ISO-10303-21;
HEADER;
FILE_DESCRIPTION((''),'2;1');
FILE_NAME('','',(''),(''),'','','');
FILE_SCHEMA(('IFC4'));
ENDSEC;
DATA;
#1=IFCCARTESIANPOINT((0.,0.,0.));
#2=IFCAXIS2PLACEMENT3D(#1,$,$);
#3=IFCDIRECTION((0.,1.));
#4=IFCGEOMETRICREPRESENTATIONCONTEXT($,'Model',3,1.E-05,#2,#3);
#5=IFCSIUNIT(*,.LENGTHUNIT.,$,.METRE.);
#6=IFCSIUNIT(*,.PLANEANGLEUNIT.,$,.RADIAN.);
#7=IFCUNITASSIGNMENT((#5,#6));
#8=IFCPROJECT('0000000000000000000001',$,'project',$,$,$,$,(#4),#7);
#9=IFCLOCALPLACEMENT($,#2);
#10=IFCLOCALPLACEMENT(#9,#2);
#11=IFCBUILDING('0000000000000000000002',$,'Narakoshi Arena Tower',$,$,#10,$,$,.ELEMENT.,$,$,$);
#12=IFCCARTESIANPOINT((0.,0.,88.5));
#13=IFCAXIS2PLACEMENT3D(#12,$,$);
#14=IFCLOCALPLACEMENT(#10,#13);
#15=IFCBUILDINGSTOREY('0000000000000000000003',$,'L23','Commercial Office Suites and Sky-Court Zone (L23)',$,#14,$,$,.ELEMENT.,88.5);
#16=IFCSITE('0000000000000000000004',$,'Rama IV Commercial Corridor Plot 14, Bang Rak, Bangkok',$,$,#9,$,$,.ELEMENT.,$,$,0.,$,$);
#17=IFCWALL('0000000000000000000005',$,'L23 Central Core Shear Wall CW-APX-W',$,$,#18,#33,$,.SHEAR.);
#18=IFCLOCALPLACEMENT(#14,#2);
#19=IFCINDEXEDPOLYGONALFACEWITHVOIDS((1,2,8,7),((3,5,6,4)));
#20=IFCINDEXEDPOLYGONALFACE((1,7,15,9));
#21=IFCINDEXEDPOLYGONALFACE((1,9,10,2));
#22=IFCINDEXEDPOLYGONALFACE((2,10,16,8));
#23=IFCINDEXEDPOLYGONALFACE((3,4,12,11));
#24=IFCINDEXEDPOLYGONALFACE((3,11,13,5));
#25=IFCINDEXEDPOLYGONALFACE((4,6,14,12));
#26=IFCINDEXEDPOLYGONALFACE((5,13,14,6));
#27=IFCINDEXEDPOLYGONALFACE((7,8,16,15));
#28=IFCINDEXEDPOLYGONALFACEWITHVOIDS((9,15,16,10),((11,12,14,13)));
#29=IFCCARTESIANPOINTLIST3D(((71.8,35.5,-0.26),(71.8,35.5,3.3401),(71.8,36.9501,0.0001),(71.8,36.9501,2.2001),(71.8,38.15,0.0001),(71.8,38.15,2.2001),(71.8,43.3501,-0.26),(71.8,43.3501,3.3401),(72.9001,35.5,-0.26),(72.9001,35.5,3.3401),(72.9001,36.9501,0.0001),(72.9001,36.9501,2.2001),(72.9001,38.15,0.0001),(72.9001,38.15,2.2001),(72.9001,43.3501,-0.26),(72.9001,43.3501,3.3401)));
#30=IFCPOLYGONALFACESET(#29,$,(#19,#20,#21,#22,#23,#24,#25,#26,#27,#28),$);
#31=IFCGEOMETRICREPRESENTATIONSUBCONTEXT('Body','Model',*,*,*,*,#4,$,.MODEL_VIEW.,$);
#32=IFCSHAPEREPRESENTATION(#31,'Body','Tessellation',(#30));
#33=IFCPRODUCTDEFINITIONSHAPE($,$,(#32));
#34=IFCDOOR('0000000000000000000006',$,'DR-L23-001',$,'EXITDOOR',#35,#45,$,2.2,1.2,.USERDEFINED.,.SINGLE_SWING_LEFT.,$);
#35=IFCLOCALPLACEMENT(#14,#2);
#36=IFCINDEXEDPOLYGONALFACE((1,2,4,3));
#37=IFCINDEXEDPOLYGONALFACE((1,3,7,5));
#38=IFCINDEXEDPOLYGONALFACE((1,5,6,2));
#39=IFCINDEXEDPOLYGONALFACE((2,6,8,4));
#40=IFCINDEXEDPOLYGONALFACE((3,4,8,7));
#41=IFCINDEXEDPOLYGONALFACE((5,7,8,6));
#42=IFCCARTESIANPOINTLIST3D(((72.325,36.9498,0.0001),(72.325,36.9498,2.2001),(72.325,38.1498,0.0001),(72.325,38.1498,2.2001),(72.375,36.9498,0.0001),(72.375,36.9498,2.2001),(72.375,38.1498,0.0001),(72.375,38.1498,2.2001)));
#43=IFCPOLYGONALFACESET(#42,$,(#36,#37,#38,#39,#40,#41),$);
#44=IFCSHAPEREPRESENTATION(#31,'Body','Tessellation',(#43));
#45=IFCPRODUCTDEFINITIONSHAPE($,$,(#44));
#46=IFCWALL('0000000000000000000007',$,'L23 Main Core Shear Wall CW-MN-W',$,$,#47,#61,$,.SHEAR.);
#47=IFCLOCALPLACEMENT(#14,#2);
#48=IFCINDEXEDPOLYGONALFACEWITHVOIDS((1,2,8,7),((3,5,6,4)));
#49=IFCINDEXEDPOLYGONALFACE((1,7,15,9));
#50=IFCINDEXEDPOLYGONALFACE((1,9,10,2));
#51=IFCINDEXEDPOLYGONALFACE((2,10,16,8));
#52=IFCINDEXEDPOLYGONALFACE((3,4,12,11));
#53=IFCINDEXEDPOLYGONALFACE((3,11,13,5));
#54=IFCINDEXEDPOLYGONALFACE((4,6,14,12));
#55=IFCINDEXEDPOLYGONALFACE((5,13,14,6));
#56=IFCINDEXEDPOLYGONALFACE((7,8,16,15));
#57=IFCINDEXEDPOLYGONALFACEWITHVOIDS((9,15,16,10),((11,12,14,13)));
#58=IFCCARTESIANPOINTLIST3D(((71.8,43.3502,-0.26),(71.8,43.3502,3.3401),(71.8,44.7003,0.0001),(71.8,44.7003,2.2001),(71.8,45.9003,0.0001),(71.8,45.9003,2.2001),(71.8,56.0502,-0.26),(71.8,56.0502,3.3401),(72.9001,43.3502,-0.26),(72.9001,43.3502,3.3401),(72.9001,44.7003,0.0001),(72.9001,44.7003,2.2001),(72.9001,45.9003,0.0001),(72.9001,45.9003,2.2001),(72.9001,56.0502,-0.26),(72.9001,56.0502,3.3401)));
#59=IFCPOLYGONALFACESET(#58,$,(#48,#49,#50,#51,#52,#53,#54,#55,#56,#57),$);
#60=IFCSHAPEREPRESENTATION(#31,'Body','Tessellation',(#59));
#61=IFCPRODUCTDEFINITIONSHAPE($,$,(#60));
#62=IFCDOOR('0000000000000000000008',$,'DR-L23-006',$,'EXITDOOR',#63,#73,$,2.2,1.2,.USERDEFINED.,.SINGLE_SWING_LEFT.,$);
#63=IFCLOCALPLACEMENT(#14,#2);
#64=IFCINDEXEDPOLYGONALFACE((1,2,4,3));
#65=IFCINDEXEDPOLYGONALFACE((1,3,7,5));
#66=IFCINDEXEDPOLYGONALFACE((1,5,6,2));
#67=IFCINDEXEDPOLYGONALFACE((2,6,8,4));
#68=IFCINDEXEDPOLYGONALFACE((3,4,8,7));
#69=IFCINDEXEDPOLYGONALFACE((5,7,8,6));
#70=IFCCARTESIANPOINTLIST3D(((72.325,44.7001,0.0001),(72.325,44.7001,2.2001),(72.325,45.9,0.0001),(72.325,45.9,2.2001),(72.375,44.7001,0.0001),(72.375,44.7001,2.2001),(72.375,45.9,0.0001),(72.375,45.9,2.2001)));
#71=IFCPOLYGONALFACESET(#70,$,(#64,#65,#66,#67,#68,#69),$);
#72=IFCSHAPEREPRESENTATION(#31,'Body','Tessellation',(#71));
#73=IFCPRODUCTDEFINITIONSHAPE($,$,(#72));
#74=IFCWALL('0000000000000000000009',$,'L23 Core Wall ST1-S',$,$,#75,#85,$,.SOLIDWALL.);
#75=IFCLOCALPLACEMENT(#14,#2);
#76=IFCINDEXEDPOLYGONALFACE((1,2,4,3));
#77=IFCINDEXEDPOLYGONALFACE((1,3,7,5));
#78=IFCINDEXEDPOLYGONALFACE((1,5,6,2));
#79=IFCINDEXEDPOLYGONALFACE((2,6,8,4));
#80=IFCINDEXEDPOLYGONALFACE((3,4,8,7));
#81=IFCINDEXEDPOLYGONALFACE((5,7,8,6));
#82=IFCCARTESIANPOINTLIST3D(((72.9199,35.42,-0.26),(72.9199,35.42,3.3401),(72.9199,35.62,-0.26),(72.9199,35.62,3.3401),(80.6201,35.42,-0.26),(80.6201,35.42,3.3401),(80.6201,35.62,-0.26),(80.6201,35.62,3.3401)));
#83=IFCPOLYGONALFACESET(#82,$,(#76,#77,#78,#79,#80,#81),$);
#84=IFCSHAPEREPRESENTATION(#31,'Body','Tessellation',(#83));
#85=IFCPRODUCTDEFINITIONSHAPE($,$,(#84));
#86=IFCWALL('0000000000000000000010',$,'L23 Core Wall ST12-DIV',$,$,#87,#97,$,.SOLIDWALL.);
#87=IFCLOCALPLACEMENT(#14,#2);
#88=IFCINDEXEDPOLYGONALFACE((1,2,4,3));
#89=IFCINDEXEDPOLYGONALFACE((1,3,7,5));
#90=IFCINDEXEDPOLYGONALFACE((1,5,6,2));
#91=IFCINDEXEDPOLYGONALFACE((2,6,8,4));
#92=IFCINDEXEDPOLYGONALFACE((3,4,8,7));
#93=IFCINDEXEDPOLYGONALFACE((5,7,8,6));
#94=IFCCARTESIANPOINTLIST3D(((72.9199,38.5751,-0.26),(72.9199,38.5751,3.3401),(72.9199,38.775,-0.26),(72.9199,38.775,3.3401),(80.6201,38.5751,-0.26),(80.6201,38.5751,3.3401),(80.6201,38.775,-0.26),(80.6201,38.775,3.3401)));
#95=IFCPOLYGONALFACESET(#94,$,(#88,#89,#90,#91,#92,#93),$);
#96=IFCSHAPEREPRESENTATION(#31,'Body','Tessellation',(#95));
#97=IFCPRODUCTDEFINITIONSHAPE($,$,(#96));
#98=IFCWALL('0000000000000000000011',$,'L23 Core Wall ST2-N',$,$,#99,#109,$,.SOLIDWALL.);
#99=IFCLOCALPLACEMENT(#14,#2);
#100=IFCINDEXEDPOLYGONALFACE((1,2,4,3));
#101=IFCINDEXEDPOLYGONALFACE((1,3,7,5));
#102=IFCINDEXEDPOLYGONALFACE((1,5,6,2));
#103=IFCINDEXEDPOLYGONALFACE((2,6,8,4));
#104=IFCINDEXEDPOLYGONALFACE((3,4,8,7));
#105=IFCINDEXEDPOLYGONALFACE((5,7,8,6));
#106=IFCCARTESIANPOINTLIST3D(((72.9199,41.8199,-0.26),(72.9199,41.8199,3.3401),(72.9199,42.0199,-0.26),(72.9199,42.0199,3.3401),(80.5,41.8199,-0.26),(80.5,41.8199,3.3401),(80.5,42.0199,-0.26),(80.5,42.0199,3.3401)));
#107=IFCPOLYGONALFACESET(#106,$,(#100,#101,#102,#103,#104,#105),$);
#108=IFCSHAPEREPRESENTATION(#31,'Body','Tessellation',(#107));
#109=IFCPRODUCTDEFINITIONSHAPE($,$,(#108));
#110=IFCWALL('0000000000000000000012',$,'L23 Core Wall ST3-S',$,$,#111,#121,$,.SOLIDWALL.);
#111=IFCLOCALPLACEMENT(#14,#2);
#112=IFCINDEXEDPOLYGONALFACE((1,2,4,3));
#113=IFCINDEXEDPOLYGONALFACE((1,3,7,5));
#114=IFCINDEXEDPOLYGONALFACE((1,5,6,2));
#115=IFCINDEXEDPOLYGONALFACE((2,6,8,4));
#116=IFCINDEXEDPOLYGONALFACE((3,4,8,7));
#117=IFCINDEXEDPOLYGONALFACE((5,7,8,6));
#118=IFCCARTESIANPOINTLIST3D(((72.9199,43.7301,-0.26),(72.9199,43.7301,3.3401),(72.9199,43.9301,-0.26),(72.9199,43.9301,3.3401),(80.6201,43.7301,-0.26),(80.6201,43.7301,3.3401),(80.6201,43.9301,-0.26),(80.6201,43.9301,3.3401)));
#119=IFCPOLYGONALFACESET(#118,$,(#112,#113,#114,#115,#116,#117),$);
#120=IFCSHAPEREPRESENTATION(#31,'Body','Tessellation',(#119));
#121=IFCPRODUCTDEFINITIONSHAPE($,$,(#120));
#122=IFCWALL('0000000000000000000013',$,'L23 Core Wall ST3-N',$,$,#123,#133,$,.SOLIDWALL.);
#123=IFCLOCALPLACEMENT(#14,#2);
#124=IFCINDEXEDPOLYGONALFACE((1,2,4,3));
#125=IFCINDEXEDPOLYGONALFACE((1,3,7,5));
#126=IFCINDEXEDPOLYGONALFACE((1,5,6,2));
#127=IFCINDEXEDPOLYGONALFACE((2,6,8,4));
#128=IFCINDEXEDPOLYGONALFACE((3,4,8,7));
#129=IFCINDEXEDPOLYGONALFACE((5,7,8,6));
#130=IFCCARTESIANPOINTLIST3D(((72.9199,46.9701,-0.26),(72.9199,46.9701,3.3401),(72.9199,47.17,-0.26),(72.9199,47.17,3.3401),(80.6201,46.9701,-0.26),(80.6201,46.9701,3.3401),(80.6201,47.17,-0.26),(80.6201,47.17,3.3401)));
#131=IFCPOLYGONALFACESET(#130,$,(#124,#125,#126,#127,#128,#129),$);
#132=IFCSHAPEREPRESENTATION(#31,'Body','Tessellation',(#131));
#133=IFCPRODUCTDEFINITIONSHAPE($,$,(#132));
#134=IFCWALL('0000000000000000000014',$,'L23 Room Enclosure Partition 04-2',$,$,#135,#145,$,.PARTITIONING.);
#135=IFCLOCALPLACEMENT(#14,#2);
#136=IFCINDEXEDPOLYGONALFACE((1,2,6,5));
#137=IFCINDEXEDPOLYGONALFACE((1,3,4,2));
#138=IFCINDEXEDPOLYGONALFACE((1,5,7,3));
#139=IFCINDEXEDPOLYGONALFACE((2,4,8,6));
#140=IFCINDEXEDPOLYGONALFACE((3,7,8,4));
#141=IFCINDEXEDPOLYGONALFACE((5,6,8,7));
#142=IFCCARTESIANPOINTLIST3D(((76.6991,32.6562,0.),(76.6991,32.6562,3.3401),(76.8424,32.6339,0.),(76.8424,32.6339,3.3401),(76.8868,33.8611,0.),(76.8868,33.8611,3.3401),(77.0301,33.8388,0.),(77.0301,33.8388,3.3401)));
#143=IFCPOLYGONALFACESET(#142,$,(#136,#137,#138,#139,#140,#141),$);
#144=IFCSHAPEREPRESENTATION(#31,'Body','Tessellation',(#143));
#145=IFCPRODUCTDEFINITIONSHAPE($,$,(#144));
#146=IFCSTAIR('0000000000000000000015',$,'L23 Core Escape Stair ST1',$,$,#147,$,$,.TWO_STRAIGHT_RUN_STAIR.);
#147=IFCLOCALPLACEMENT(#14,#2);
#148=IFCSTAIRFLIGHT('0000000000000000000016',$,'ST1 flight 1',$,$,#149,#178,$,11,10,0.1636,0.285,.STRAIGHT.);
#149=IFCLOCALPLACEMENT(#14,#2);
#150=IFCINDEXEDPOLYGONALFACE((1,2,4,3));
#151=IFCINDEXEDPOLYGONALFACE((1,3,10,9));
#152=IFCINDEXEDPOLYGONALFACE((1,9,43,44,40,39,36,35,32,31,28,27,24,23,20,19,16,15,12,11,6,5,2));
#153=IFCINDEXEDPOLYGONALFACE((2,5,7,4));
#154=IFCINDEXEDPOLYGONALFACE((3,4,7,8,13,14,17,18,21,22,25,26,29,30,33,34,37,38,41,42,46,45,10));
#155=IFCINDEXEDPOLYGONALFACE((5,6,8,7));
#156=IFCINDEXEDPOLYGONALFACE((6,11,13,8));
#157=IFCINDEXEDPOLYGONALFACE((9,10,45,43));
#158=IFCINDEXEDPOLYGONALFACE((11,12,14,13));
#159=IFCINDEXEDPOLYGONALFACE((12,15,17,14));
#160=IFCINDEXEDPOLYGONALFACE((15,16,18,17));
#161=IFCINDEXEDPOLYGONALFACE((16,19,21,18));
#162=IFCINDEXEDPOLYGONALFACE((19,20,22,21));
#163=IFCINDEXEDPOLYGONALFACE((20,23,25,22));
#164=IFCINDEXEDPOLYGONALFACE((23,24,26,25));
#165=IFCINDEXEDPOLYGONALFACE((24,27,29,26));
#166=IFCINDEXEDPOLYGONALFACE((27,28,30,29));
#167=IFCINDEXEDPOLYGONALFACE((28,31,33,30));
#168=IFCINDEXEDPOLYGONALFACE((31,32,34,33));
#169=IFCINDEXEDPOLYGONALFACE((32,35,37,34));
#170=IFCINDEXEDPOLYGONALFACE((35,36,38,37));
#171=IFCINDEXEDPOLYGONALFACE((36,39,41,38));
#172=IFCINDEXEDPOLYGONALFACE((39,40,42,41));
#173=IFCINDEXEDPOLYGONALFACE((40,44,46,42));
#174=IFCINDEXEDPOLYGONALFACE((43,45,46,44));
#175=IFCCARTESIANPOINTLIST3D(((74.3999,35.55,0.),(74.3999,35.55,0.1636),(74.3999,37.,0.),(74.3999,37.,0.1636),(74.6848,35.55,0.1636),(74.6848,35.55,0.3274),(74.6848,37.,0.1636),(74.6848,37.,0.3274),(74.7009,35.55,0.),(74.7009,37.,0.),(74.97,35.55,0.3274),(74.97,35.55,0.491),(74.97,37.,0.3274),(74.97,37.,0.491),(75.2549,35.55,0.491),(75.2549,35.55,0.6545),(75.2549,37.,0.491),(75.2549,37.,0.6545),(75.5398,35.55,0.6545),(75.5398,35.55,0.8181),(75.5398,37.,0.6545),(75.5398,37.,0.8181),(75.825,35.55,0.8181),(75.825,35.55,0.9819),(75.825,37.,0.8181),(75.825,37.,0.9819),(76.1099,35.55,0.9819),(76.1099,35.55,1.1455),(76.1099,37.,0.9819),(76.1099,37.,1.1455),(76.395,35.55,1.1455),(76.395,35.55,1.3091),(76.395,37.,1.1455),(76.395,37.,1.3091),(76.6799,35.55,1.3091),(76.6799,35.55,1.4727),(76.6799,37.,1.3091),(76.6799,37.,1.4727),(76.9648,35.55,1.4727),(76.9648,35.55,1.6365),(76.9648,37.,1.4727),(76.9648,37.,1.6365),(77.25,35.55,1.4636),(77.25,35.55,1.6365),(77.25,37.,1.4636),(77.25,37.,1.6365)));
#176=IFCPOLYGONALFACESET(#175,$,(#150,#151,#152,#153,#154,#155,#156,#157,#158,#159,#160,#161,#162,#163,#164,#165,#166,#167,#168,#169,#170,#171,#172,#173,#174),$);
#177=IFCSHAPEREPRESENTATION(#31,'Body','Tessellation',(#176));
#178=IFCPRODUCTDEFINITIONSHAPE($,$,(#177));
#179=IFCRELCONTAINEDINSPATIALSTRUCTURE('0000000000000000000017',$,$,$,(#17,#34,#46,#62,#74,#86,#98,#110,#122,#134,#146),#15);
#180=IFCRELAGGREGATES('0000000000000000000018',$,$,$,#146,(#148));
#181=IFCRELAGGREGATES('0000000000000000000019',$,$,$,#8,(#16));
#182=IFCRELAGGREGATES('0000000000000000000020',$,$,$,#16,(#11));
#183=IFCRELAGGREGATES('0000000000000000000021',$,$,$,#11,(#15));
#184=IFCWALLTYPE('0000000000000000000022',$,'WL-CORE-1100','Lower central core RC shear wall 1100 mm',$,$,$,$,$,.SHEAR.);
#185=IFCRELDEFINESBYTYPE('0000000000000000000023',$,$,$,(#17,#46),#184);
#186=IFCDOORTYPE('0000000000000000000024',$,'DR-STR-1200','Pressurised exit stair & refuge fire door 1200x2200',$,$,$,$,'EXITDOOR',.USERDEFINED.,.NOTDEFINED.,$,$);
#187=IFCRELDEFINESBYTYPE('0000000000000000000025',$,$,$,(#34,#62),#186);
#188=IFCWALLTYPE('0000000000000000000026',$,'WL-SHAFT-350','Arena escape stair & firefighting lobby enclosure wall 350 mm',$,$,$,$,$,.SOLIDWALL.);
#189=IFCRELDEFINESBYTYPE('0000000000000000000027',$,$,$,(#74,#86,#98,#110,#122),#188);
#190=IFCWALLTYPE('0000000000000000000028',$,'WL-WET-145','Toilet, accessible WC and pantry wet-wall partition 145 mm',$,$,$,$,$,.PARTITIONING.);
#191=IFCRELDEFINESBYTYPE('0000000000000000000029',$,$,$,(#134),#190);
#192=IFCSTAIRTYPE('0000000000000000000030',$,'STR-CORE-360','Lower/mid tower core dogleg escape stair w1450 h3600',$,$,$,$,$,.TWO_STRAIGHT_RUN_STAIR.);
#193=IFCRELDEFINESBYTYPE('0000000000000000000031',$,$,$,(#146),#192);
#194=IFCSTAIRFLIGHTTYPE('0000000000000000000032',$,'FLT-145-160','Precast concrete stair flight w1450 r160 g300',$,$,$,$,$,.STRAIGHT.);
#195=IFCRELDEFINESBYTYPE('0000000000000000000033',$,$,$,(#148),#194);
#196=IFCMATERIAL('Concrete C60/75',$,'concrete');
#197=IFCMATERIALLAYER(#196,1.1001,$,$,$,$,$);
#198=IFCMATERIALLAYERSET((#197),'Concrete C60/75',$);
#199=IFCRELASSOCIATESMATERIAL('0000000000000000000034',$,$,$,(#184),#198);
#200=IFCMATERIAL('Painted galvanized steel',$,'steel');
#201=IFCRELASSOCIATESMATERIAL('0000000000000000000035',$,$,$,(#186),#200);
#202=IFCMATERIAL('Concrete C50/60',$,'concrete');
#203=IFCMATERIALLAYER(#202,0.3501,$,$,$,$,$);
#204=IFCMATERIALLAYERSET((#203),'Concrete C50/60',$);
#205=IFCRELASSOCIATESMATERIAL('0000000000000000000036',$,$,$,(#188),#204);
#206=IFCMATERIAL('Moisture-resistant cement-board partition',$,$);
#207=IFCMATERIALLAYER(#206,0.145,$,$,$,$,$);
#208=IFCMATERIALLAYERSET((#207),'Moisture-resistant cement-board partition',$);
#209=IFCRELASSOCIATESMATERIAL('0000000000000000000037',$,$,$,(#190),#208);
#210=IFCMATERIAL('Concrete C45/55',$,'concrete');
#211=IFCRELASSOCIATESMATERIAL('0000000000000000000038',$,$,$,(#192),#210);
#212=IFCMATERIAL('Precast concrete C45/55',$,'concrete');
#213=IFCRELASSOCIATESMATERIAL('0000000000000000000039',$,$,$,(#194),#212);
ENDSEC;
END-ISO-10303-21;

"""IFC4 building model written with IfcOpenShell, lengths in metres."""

from ifc_helpers import new_model, si_unit, direction, frame, frame_2d, origin, place, context, subcontext, project, spatial, polyline, rectangle, outline, extrude, material, layer, layer_set, type_object, element, fill, aggregate, save


model = new_model("IFC4")

# Units and contexts
model_context = context("Model", 3, precision=1e-05, world=origin(), true_north=direction((0.0, 1.0)))
body_context = subcontext(model_context, "Body", "Model", "MODEL_VIEW")
ifc_project = project(units=[si_unit("LENGTHUNIT", "METRE"), si_unit("PLANEANGLEUNIT", "RADIAN")], contexts=[model_context])

# Site, building, storey
site_placement = place(None, origin())
site = spatial("IfcSite", under=ifc_project, at=site_placement, Name="Rama IV Commercial Corridor Plot 14, Bang Rak, Bangkok", CompositionType="ELEMENT", RefElevation=0.0)
building_placement = place(site_placement, origin())
building = spatial("IfcBuilding", under=site, at=building_placement, Name="Narakoshi Arena Tower", CompositionType="ELEMENT")
storey_placement = place(building_placement, frame((0.0, 0.0, 88.5)))
storey = spatial("IfcBuildingStorey", under=building, at=storey_placement, Name="L23", Description="Commercial Office Suites and Sky-Court Zone (L23)", CompositionType="ELEMENT", Elevation=88.5)

# Walls, openings, doors
ifc_material_1 = material(Name="Concrete C60/75", Category="concrete")
ifc_layer_1 = layer(ifc_material_1, 1.1001)
ifc_layer_set_1 = layer_set([ifc_layer_1], Name="Concrete C60/75")
wall_type_1 = type_object("IfcWallType", Name="WL-CORE-1100", Description="Lower central core RC shear wall 1100 mm", PredefinedType="SHEAR", material=ifc_layer_set_1)
wall_1_placement = place(storey_placement, frame((72.3501, 35.5, -0.26), z_axis=(0.0, 0.0, 1.0), x_axis=(0.0, 1.0, 0.0)))
wall_1 = element("IfcWall", 1, at=wall_1_placement, inside=storey, type_object=wall_type_1, Name="L23 Central Core Shear Wall CW-APX-W", PredefinedType="SHEAR", context=body_context, shape_type="SweptSolid", body=[
    extrude(rectangle(XDim=7.8501, YDim=1.1001, at=frame_2d((3.925, 0.0))), origin(), (0.0, 0.0, 1.0), 3.6001),
])
opening_1_placement = place(wall_1_placement, frame((1.45, 0.0, 0.26)))
opening_1 = element("IfcOpeningElement", 2, at=opening_1_placement, cuts=wall_1, PredefinedType="OPENING", context=body_context, shape_type="SweptSolid", body=[
    extrude(rectangle(XDim=1.2, YDim=2.2, at=frame_2d((0.6001, 1.1001))), frame((0.0, 0.5601, 0.0), z_axis=(0.0, -1.0, 0.0), x_axis=(1.0, 0.0, 0.0)), (0.0, 0.0, 1.0), 1.1201),
])
ifc_material_2 = material(Name="Painted galvanized steel", Category="steel")
door_type = type_object("IfcDoorType", Name="DR-STR-1200", Description="Pressurised exit stair & refuge fire door 1200x2200", ElementType="EXITDOOR", OperationType="NOTDEFINED", PredefinedType="USERDEFINED", material=ifc_material_2)
door_1_placement = place(opening_1_placement, frame((1.2, 0.0, 0.0), z_axis=(0.0, 0.0, 1.0), x_axis=(-1.0, 0.0, 0.0)))
door_1 = element("IfcDoor", 3, at=door_1_placement, inside=storey, type_object=door_type, Name="DR-L23-001", ObjectType="EXITDOOR", OperationType="SINGLE_SWING_LEFT", OverallHeight=2.2, OverallWidth=1.2, PredefinedType="USERDEFINED", context=body_context, shape_type="SweptSolid", body=[
    extrude(rectangle(XDim=1.2, YDim=2.2, at=frame_2d((0.6001, 1.1001))), frame((0.0, 0.0249, 0.0), z_axis=(0.0, -1.0, 0.0), x_axis=(1.0, 0.0, 0.0)), (0.0, 0.0, 1.0), 0.05),
])
fill(opening_1, door_1)
wall_2_placement = place(storey_placement, frame((72.3501, 43.3501, -0.26), z_axis=(0.0, 0.0, 1.0), x_axis=(0.0, 1.0, 0.0)))
wall_2 = element("IfcWall", 4, at=wall_2_placement, inside=storey, type_object=wall_type_1, Name="L23 Main Core Shear Wall CW-MN-W", PredefinedType="SHEAR", context=body_context, shape_type="SweptSolid", body=[
    extrude(rectangle(XDim=12.7, YDim=1.1001, at=frame_2d((6.3501, 0.0))), origin(), (0.0, 0.0, 1.0), 3.6001),
])
opening_2_placement = place(wall_2_placement, frame((1.3501, 0.0, 0.26)))
opening_2 = element("IfcOpeningElement", 5, at=opening_2_placement, cuts=wall_2, PredefinedType="OPENING", context=body_context, shape_type="SweptSolid", body=[
    extrude(rectangle(XDim=1.2, YDim=2.2, at=frame_2d((0.6001, 1.1001))), frame((0.0, 0.5601, 0.0), z_axis=(0.0, -1.0, 0.0), x_axis=(1.0, 0.0, 0.0)), (0.0, 0.0, 1.0), 1.1201),
])
door_2_placement = place(opening_2_placement, frame((1.2, 0.0, 0.0), z_axis=(0.0, 0.0, 1.0), x_axis=(-1.0, 0.0, 0.0)))
door_2 = element("IfcDoor", 6, at=door_2_placement, inside=storey, type_object=door_type, Name="DR-L23-006", ObjectType="EXITDOOR", OperationType="SINGLE_SWING_LEFT", OverallHeight=2.2, OverallWidth=1.2, PredefinedType="USERDEFINED", context=body_context, shape_type="SweptSolid", body=[
    extrude(rectangle(XDim=1.2, YDim=2.2, at=frame_2d((0.6001, 1.1001))), frame((0.0, 0.0249, 0.0), z_axis=(0.0, -1.0, 0.0), x_axis=(1.0, 0.0, 0.0)), (0.0, 0.0, 1.0), 0.05),
])
fill(opening_2, door_2)

# Walls
ifc_material_3 = material(Name="Concrete C50/60", Category="concrete")
ifc_layer_2 = layer(ifc_material_3, 0.3501)
ifc_layer_set_2 = layer_set([ifc_layer_2], Name="Concrete C50/60")
wall_type_2 = type_object("IfcWallType", Name="WL-SHAFT-350", Description="Arena escape stair & firefighting lobby enclosure wall 350 mm", PredefinedType="SOLIDWALL", material=ifc_layer_set_2)
for number, where, z_axis, x_axis, name in (
    (7, (72.9199, 35.52, -0.26), (0.0, 0.0, 1.0), (1.0, 0.0, 0.0), "L23 Core Wall ST1-S"),
    (8, (72.9199, 38.675, -0.26), (0.0, 0.0, 1.0), (1.0, 0.0, 0.0), "L23 Core Wall ST12-DIV"),
):
    element("IfcWall", number, at=place(storey_placement, frame(where, z_axis=z_axis, x_axis=x_axis)), inside=storey, type_object=wall_type_2, Name=name, PredefinedType="SOLIDWALL", context=body_context, shape_type="SweptSolid", body=[
        extrude(rectangle(XDim=7.7002, YDim=0.2, at=frame_2d((3.8501, 0.0))), origin(), (0.0, 0.0, 1.0), 3.6001),
    ])
wall_3_placement = place(storey_placement, frame((72.9199, 41.9199, -0.26), z_axis=(0.0, 0.0, 1.0), x_axis=(1.0, 0.0, 0.0)))
element("IfcWall", 9, at=wall_3_placement, inside=storey, type_object=wall_type_2, Name="L23 Core Wall ST2-N", PredefinedType="SOLIDWALL", context=body_context, shape_type="SweptSolid", body=[
    extrude(rectangle(XDim=7.5801, YDim=0.2, at=frame_2d((3.79, 0.0))), origin(), (0.0, 0.0, 1.0), 3.6001),
])
for number, where, z_axis, x_axis, name in (
    (10, (72.9199, 43.8301, -0.26), (0.0, 0.0, 1.0), (1.0, 0.0, 0.0), "L23 Core Wall ST3-S"),
    (11, (72.9199, 47.0701, -0.26), (0.0, 0.0, 1.0), (1.0, 0.0, 0.0), "L23 Core Wall ST3-N"),
):
    element("IfcWall", number, at=place(storey_placement, frame(where, z_axis=z_axis, x_axis=x_axis)), inside=storey, type_object=wall_type_2, Name=name, PredefinedType="SOLIDWALL", context=body_context, shape_type="SweptSolid", body=[
        extrude(rectangle(XDim=7.7002, YDim=0.2, at=frame_2d((3.8501, 0.0))), origin(), (0.0, 0.0, 1.0), 3.6001),
    ])
ifc_material_4 = material(Name="Moisture-resistant cement-board partition")
ifc_layer_3 = layer(ifc_material_4, 0.145)
ifc_layer_set_3 = layer_set([ifc_layer_3], Name="Moisture-resistant cement-board partition")
wall_type_3 = type_object("IfcWallType", Name="WL-WET-145", Description="Toilet, accessible WC and pantry wet-wall partition 145 mm", PredefinedType="PARTITIONING", material=ifc_layer_set_3)
wall_4_placement = place(storey_placement, frame((76.9585, 33.8501, 0.0), z_axis=(0.0, 0.0, 1.0), x_axis=(-0.153968, -0.988076, 0.0)))
element("IfcWall", 12, at=wall_4_placement, inside=storey, type_object=wall_type_3, Name="L23 Room Enclosure Partition 04-2", PredefinedType="PARTITIONING", context=body_context, shape_type="SweptSolid", body=[
    extrude(rectangle(XDim=1.2195, YDim=0.145, at=frame_2d((0.6099, 0.0))), origin(), (0.0, 0.0, 1.0), 3.3401),
])

# Stair, stair flight
ifc_material_5 = material(Name="Concrete C45/55", Category="concrete")
stair_type = type_object("IfcStairType", Name="STR-CORE-360", Description="Lower/mid tower core dogleg escape stair w1450 h3600", PredefinedType="TWO_STRAIGHT_RUN_STAIR", material=ifc_material_5)
stair_1_placement = place(storey_placement, origin())
stair_1 = element("IfcStair", 13, at=stair_1_placement, inside=storey, type_object=stair_type, Name="L23 Core Escape Stair ST1", PredefinedType="TWO_STRAIGHT_RUN_STAIR")
ifc_material_6 = material(Name="Precast concrete C45/55", Category="concrete")
stair_flight_type = type_object("IfcStairFlightType", Name="FLT-145-160", Description="Precast concrete stair flight w1450 r160 g300", PredefinedType="STRAIGHT", material=ifc_material_6)
stair_flight_1_placement = place(storey_placement, frame((74.3999, 36.2749, 0.0), z_axis=(0.0, 0.0, 1.0), x_axis=(1.0, 0.0, 0.0)))
stair_flight_1 = element("IfcStairFlight", 14, at=stair_flight_1_placement, type_object=stair_flight_type, Name="ST1 flight 1", NumberOfRisers=11, NumberOfTreads=10, PredefinedType="STRAIGHT", RiserHeight=0.1636, TreadLength=0.285, context=body_context, shape_type="SweptSolid", body=[
    extrude(outline(polyline([(0.0, 0.0), (0.0, 0.1636), (0.2849, 0.1636), (0.2849, 0.3274), (0.5701, 0.3274), (0.5701, 0.491), (0.855, 0.491), (0.855, 0.6545), (1.1399, 0.6545), (1.1399, 0.8181), (1.425, 0.8181), (1.425, 0.9819), (1.71, 0.9819), (1.71, 1.1455), (1.9951, 1.1455), (1.9951, 1.3091), (2.28, 1.3091), (2.28, 1.4727), (2.5649, 1.4727), (2.5649, 1.6365), (2.8501, 1.6365), (2.8501, 1.8), (2.8501, 1.4636), (0.301, 0.0), (0.0, 0.0)])), frame((0.0, 0.7251, 0.0), z_axis=(0.0, -1.0, 0.0), x_axis=(1.0, 0.0, 0.0)), (0.0, 0.0, 1.0), 1.45),
])
aggregate(stair_1, [stair_flight_1])

save(model, "model.ifc")
